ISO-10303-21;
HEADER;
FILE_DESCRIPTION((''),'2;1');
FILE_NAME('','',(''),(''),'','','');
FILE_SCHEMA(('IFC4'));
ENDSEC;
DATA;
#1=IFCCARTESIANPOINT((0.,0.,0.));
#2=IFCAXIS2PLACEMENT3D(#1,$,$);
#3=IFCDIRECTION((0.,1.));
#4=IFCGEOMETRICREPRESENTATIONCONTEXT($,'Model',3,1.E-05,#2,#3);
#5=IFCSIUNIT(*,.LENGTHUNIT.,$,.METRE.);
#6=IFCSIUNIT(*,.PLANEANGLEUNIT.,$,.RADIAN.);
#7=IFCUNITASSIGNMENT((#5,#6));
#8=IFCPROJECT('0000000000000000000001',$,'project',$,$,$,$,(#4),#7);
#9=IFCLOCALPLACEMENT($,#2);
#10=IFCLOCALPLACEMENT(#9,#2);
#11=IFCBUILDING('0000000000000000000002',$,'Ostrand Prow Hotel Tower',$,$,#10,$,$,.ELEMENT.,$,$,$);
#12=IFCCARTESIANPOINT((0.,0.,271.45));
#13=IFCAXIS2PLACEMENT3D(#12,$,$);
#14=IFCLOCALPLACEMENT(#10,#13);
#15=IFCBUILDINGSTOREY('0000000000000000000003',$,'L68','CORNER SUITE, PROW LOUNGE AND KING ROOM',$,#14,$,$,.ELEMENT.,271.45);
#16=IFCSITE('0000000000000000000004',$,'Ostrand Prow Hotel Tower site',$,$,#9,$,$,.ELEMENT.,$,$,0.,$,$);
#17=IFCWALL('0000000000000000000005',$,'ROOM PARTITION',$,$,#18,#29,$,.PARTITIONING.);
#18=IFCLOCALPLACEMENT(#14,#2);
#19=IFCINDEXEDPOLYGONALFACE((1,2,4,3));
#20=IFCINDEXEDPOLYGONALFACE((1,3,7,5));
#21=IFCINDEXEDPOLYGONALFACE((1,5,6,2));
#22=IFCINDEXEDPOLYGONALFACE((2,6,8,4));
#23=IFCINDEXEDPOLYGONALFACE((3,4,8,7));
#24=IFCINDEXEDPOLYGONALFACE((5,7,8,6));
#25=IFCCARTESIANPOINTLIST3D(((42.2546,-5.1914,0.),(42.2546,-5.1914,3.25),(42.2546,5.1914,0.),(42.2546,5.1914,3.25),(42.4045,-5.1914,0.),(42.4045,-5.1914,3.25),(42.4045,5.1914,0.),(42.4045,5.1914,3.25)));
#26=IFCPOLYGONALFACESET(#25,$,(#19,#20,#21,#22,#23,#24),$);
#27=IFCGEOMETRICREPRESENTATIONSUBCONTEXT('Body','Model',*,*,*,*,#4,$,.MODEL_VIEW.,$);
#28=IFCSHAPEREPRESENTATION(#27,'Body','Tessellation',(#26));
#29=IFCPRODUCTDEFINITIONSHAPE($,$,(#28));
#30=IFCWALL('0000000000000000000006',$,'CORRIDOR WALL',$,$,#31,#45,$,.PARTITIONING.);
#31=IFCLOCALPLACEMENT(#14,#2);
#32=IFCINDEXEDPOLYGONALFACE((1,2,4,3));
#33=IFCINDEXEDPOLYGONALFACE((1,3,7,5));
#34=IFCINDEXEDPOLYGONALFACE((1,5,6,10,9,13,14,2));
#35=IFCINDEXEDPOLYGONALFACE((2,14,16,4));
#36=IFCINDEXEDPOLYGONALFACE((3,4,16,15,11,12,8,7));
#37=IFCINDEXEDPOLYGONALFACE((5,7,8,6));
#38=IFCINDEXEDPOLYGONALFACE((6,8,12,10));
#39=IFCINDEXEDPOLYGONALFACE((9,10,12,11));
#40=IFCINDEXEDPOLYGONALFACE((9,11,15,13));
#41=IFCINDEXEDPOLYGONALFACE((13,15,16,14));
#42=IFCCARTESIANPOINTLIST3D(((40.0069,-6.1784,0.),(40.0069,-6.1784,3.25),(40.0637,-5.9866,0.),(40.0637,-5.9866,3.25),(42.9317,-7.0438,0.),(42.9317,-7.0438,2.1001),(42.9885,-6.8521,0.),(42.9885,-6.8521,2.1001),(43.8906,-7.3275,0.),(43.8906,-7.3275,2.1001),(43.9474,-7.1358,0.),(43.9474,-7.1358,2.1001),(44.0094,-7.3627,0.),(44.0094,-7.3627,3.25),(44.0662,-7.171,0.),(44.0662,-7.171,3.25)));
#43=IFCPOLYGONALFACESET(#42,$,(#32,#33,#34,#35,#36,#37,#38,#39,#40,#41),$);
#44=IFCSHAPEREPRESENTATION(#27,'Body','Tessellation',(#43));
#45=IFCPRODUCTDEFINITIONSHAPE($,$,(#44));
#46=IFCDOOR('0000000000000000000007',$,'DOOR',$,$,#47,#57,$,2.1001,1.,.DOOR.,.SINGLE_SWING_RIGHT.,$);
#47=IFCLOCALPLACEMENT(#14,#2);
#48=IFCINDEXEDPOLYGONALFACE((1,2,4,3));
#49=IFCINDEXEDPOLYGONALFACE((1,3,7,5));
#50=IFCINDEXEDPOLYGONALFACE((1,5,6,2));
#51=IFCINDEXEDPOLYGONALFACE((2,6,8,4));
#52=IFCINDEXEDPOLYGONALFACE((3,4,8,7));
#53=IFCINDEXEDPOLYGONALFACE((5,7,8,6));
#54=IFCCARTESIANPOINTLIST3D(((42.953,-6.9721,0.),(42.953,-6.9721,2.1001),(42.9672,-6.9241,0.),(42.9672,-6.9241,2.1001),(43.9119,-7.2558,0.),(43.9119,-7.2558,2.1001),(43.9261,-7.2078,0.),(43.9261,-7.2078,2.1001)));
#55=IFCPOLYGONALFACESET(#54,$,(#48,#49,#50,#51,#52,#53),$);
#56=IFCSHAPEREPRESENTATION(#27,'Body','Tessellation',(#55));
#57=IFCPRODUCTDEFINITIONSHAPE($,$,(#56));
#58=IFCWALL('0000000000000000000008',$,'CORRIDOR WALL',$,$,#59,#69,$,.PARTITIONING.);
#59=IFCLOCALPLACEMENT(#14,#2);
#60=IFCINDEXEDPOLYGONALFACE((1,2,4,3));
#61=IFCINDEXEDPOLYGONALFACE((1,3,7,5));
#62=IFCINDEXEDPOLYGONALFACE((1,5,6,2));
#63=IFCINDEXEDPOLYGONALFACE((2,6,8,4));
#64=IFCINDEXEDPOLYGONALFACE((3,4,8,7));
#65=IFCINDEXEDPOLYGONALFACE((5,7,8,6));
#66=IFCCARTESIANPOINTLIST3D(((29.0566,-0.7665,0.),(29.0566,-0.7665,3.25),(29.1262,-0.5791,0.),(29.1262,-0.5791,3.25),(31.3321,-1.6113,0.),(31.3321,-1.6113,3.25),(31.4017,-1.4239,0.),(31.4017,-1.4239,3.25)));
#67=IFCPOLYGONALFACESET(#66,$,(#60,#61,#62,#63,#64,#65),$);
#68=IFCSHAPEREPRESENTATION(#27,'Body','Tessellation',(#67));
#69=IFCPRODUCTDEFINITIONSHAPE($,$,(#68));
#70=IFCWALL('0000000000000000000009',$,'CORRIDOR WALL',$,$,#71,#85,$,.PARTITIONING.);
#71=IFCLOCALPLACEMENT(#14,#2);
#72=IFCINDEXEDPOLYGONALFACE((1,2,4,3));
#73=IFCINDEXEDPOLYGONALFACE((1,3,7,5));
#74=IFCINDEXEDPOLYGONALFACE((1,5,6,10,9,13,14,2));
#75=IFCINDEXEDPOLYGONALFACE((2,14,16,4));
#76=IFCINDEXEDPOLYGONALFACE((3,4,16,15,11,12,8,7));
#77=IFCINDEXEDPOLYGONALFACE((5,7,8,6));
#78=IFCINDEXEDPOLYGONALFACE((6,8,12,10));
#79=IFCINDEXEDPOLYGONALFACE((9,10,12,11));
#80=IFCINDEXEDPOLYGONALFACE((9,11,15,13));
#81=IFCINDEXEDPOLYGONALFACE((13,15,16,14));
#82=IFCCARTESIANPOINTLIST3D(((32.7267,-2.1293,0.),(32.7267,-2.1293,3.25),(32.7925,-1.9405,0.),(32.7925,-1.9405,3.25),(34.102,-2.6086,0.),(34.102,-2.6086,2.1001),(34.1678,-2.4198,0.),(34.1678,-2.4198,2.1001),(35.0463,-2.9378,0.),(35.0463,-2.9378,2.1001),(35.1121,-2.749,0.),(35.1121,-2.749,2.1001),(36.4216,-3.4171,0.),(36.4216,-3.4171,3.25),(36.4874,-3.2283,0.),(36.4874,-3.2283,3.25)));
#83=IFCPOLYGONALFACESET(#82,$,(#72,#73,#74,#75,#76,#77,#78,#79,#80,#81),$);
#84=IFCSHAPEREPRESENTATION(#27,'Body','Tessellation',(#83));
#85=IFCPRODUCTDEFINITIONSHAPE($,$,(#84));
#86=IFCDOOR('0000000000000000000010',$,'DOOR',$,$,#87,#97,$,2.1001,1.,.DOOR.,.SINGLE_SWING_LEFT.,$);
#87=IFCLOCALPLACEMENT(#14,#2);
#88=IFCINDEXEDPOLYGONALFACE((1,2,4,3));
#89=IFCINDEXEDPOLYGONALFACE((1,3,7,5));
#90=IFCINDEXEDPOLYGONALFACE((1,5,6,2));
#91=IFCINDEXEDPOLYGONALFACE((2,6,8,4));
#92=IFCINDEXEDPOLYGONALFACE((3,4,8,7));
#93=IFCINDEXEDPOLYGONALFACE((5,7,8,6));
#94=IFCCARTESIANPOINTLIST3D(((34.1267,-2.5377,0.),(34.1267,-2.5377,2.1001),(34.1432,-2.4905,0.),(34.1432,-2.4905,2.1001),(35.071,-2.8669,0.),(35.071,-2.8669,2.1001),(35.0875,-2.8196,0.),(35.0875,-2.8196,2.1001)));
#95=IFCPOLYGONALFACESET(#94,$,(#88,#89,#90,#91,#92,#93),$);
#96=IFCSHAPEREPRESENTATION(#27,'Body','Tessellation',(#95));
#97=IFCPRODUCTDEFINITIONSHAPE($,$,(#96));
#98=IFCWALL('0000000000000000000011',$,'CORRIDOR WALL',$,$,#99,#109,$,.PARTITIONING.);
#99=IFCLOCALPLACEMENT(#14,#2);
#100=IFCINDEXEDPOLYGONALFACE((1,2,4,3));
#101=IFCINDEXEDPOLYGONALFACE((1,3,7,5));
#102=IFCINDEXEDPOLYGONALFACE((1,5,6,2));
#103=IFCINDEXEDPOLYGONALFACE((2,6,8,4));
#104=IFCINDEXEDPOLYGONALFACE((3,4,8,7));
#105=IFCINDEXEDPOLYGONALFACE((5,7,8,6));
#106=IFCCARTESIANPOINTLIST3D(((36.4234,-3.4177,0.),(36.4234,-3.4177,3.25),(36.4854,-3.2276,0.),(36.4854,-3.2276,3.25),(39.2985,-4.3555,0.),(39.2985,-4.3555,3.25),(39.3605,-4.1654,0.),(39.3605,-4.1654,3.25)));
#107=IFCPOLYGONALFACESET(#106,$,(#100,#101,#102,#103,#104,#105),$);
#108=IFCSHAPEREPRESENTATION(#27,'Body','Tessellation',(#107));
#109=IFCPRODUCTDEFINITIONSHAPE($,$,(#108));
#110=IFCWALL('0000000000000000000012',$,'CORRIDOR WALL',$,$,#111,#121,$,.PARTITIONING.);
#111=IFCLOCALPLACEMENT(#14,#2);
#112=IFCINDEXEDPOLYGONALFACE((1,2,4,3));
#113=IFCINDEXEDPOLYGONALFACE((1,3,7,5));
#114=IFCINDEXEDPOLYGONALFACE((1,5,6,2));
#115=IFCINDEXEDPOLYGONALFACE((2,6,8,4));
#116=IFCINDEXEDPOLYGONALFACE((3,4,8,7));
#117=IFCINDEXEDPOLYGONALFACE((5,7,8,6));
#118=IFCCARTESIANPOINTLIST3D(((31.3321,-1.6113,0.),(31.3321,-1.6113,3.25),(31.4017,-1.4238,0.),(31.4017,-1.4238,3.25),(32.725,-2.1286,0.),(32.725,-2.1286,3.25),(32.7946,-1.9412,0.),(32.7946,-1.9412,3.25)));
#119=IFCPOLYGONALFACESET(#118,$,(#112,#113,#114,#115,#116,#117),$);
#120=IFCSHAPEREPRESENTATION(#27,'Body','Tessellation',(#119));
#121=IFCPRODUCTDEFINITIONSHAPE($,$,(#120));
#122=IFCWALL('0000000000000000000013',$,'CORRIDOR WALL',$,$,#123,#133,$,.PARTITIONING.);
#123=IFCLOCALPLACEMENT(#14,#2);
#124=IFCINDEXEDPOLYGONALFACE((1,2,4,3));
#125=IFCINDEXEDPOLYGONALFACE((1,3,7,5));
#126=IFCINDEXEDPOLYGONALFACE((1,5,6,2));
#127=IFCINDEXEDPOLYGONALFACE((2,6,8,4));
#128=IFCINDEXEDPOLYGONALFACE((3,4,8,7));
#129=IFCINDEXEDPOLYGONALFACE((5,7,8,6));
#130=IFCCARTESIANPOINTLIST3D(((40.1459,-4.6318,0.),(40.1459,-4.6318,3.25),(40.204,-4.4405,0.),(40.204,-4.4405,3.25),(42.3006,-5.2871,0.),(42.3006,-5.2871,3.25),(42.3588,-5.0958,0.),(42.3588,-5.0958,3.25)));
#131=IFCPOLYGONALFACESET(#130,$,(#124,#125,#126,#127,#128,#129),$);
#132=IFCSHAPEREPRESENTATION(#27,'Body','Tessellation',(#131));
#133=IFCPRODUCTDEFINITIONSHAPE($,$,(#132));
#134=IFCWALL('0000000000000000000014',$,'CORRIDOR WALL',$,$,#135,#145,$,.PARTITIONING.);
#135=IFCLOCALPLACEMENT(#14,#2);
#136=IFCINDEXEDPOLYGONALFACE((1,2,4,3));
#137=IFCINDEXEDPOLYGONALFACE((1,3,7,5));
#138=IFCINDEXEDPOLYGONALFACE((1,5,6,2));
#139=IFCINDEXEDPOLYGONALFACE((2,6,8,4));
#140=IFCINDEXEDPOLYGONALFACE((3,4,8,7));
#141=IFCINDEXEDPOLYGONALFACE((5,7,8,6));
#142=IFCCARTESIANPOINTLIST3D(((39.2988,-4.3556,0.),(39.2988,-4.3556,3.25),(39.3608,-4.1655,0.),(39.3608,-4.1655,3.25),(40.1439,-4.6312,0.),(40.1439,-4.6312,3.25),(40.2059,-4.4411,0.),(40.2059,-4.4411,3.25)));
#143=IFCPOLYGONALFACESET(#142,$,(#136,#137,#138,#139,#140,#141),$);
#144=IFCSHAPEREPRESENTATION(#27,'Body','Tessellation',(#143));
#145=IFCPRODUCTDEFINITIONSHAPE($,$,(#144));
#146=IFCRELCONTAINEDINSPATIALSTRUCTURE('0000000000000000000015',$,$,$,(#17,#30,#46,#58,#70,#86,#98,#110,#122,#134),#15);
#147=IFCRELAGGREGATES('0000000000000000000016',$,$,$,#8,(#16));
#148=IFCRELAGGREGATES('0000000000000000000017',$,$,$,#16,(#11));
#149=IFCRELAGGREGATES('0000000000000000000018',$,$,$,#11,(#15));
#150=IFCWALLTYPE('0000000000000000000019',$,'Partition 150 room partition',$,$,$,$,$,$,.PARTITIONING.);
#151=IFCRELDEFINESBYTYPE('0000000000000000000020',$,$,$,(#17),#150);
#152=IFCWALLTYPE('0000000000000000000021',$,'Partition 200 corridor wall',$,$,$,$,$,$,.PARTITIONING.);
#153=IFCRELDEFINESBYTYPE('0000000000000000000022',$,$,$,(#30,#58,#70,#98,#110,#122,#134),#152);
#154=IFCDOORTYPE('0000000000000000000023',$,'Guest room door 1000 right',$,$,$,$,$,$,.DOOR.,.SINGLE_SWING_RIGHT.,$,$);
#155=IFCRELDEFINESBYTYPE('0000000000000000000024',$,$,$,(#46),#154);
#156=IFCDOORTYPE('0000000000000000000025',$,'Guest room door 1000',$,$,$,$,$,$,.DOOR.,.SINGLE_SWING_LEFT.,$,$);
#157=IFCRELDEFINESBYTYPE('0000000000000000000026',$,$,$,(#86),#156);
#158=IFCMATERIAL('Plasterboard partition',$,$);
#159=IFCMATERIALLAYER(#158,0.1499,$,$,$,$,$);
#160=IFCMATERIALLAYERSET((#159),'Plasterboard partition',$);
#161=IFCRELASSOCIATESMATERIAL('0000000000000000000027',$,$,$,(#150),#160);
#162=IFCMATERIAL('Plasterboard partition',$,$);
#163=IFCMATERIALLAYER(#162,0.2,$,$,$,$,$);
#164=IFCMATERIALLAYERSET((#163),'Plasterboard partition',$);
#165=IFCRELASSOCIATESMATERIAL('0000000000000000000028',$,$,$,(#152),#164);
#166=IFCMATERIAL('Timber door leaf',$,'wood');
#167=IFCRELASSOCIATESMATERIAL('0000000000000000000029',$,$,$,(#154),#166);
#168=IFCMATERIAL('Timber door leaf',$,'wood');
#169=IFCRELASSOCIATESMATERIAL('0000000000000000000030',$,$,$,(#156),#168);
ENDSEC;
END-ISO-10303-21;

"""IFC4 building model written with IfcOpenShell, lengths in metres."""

from ifc_helpers import new_model, si_unit, direction, frame, frame_2d, origin, place, context, subcontext, project, spatial, rectangle, extrude, material, layer, layer_set, type_object, element, fill, save


model = new_model("IFC4")

# Units and contexts
model_context = context("Model", 3, precision=1e-05, world=origin(), true_north=direction((0.0, 1.0)))
body_context = subcontext(model_context, "Body", "Model", "MODEL_VIEW")
ifc_project = project(units=[si_unit("LENGTHUNIT", "METRE"), si_unit("PLANEANGLEUNIT", "RADIAN")], contexts=[model_context])

# Site, building, storey
site_placement = place(None, origin())
site = spatial("IfcSite", under=ifc_project, at=site_placement, Name="Ostrand Prow Hotel Tower site", CompositionType="ELEMENT", RefElevation=0.0)
building_placement = place(site_placement, origin())
building = spatial("IfcBuilding", under=site, at=building_placement, Name="Ostrand Prow Hotel Tower", CompositionType="ELEMENT")
storey_placement = place(building_placement, frame((0.0, 0.0, 271.45)))
storey = spatial("IfcBuildingStorey", under=building, at=storey_placement, Name="L68", Description="CORNER SUITE, PROW LOUNGE AND KING ROOM", CompositionType="ELEMENT", Elevation=271.45)

# Wall
ifc_material_1 = material(Name="Plasterboard partition")
ifc_layer_1 = layer(ifc_material_1, 0.1499)
ifc_layer_set_1 = layer_set([ifc_layer_1], Name="Plasterboard partition")
wall_type_1 = type_object("IfcWallType", Name="Partition 150 room partition", PredefinedType="PARTITIONING", material=ifc_layer_set_1)
wall_1_placement = place(storey_placement, frame((42.3296, -5.1914, 0.0), z_axis=(0.0, 0.0, 1.0), x_axis=(0.0, 1.0, 0.0)))
element("IfcWall", 1, at=wall_1_placement, inside=storey, type_object=wall_type_1, Name="ROOM PARTITION", PredefinedType="PARTITIONING", context=body_context, shape_type="SweptSolid", body=[
    extrude(rectangle(XDim=10.3828, YDim=0.1499, at=frame_2d((5.1914, 0.0))), origin(), (0.0, 0.0, 1.0), 3.25),
])

# Wall, opening, door
ifc_material_2 = material(Name="Plasterboard partition")
ifc_layer_2 = layer(ifc_material_2, 0.2)
ifc_layer_set_2 = layer_set([ifc_layer_2], Name="Plasterboard partition")
wall_type_2 = type_object("IfcWallType", Name="Partition 200 corridor wall", PredefinedType="PARTITIONING", material=ifc_layer_set_2)
wall_2_placement = place(storey_placement, frame((40.0354, -6.0825, 0.0), z_axis=(0.0, 0.0, 1.0), x_axis=(0.958901, -0.28374, 0.0)))
wall_2 = element("IfcWall", 2, at=wall_2_placement, inside=storey, type_object=wall_type_2, Name="CORRIDOR WALL", PredefinedType="PARTITIONING", context=body_context, shape_type="SweptSolid", body=[
    extrude(rectangle(XDim=4.1741, YDim=0.2, at=frame_2d((2.0869, 0.0))), origin(), (0.0, 0.0, 1.0), 3.25),
])
opening_1_placement = place(wall_2_placement, frame((3.05, 0.0, 0.0)))
opening_1 = element("IfcOpeningElement", 3, at=opening_1_placement, cuts=wall_2, PredefinedType="OPENING", context=body_context, shape_type="SweptSolid", body=[
    extrude(rectangle(XDim=1.0, YDim=2.1001, at=frame_2d((0.5, 1.05))), frame((0.0, 0.1099, 0.0), z_axis=(0.0, -1.0, 0.0), x_axis=(1.0, 0.0, 0.0)), (0.0, 0.0, 1.0), 0.22),
])
ifc_material_3 = material(Name="Timber door leaf", Category="wood")
door_type_1 = type_object("IfcDoorType", Name="Guest room door 1000 right", OperationType="SINGLE_SWING_RIGHT", PredefinedType="DOOR", material=ifc_material_3)
door_1_placement = place(opening_1_placement, origin())
door_1 = element("IfcDoor", 4, at=door_1_placement, inside=storey, type_object=door_type_1, Name="DOOR", OperationType="SINGLE_SWING_RIGHT", OverallHeight=2.1001, OverallWidth=1.0, PredefinedType="DOOR", context=body_context, shape_type="SweptSolid", body=[
    extrude(rectangle(XDim=1.0, YDim=2.1001, at=frame_2d((0.5, 1.05))), frame((0.0, 0.0249, 0.0), z_axis=(0.0, -1.0, 0.0), x_axis=(1.0, 0.0, 0.0)), (0.0, 0.0, 1.0), 0.05),
])
fill(opening_1, door_1)

# Wall
wall_3_placement = place(storey_placement, frame((31.3669, -1.5176, 0.0), z_axis=(0.0, 0.0, 1.0), x_axis=(-0.937482, 0.348035, 0.0)))
element("IfcWall", 5, at=wall_3_placement, inside=storey, type_object=wall_type_2, Name="CORRIDOR WALL", PredefinedType="PARTITIONING", context=body_context, shape_type="SweptSolid", body=[
    extrude(rectangle(XDim=2.4272, YDim=0.2, at=frame_2d((1.2136, 0.0))), origin(), (0.0, 0.0, 1.0), 3.25),
])

# Wall, opening, door
wall_4_placement = place(storey_placement, frame((36.4546, -3.3228, 0.0), z_axis=(0.0, 0.0, 1.0), x_axis=(-0.944284, 0.329133, 0.0)))
wall_4 = element("IfcWall", 6, at=wall_4_placement, inside=storey, type_object=wall_type_2, Name="CORRIDOR WALL", PredefinedType="PARTITIONING", context=body_context, shape_type="SweptSolid", body=[
    extrude(rectangle(XDim=3.9128, YDim=0.2, at=frame_2d((1.9565, 0.0))), origin(), (0.0, 0.0, 1.0), 3.25),
])
opening_2_placement = place(wall_4_placement, frame((1.4565, 0.0, 0.0)))
opening_2 = element("IfcOpeningElement", 7, at=opening_2_placement, cuts=wall_4, PredefinedType="OPENING", context=body_context, shape_type="SweptSolid", body=[
    extrude(rectangle(XDim=1.0, YDim=2.1001, at=frame_2d((0.5, 1.05))), frame((0.0, 0.1099, 0.0), z_axis=(0.0, -1.0, 0.0), x_axis=(1.0, 0.0, 0.0)), (0.0, 0.0, 1.0), 0.22),
])
ifc_material_4 = material(Name="Timber door leaf", Category="wood")
door_type_2 = type_object("IfcDoorType", Name="Guest room door 1000", OperationType="SINGLE_SWING_LEFT", PredefinedType="DOOR", material=ifc_material_4)
door_2_placement = place(opening_2_placement, origin())
door_2 = element("IfcDoor", 8, at=door_2_placement, inside=storey, type_object=door_type_2, Name="DOOR", OperationType="SINGLE_SWING_LEFT", OverallHeight=2.1001, OverallWidth=1.0, PredefinedType="DOOR", context=body_context, shape_type="SweptSolid", body=[
    extrude(rectangle(XDim=1.0, YDim=2.1001, at=frame_2d((0.5, 1.05))), frame((0.0, 0.0249, 0.0), z_axis=(0.0, -1.0, 0.0), x_axis=(1.0, 0.0, 0.0)), (0.0, 0.0, 1.0), 0.05),
])
fill(opening_2, door_2)

# Walls
wall_5_placement = place(storey_placement, frame((39.3296, -4.2605, 0.0), z_axis=(0.0, 0.0, 1.0), x_axis=(-0.950706, 0.310094, 0.0)))
element("IfcWall", 9, at=wall_5_placement, inside=storey, type_object=wall_type_2, Name="CORRIDOR WALL", PredefinedType="PARTITIONING", context=body_context, shape_type="SweptSolid", body=[
    extrude(rectangle(XDim=3.0242, YDim=0.2, at=frame_2d((1.5122, 0.0))), origin(), (0.0, 0.0, 1.0), 3.25),
])
wall_6_placement = place(storey_placement, frame((32.7598, -2.0349, 0.0), z_axis=(0.0, 0.0, 1.0), x_axis=(-0.937425, 0.348187, 0.0)))
element("IfcWall", 10, at=wall_6_placement, inside=storey, type_object=wall_type_2, Name="CORRIDOR WALL", PredefinedType="PARTITIONING", context=body_context, shape_type="SweptSolid", body=[
    extrude(rectangle(XDim=1.4858, YDim=0.2, at=frame_2d((0.7429, 0.0))), origin(), (0.0, 0.0, 1.0), 3.25),
])
wall_7_placement = place(storey_placement, frame((42.3296, -5.1914, 0.0), z_axis=(0.0, 0.0, 1.0), x_axis=(-0.956739, 0.290946, 0.0)))
element("IfcWall", 11, at=wall_7_placement, inside=storey, type_object=wall_type_2, Name="CORRIDOR WALL", PredefinedType="PARTITIONING", context=body_context, shape_type="SweptSolid", body=[
    extrude(rectangle(XDim=2.2522, YDim=0.2, at=frame_2d((1.126, 0.0))), origin(), (0.0, 0.0, 1.0), 3.25),
])
wall_8_placement = place(storey_placement, frame((40.1748, -4.5361, 0.0), z_axis=(0.0, 0.0, 1.0), x_axis=(-0.950723, 0.310042, 0.0)))
element("IfcWall", 12, at=wall_8_placement, inside=storey, type_object=wall_type_2, Name="CORRIDOR WALL", PredefinedType="PARTITIONING", context=body_context, shape_type="SweptSolid", body=[
    extrude(rectangle(XDim=0.8889, YDim=0.2, at=frame_2d((0.4443, 0.0))), origin(), (0.0, 0.0, 1.0), 3.25),
])

save(model, "model.ifc")
